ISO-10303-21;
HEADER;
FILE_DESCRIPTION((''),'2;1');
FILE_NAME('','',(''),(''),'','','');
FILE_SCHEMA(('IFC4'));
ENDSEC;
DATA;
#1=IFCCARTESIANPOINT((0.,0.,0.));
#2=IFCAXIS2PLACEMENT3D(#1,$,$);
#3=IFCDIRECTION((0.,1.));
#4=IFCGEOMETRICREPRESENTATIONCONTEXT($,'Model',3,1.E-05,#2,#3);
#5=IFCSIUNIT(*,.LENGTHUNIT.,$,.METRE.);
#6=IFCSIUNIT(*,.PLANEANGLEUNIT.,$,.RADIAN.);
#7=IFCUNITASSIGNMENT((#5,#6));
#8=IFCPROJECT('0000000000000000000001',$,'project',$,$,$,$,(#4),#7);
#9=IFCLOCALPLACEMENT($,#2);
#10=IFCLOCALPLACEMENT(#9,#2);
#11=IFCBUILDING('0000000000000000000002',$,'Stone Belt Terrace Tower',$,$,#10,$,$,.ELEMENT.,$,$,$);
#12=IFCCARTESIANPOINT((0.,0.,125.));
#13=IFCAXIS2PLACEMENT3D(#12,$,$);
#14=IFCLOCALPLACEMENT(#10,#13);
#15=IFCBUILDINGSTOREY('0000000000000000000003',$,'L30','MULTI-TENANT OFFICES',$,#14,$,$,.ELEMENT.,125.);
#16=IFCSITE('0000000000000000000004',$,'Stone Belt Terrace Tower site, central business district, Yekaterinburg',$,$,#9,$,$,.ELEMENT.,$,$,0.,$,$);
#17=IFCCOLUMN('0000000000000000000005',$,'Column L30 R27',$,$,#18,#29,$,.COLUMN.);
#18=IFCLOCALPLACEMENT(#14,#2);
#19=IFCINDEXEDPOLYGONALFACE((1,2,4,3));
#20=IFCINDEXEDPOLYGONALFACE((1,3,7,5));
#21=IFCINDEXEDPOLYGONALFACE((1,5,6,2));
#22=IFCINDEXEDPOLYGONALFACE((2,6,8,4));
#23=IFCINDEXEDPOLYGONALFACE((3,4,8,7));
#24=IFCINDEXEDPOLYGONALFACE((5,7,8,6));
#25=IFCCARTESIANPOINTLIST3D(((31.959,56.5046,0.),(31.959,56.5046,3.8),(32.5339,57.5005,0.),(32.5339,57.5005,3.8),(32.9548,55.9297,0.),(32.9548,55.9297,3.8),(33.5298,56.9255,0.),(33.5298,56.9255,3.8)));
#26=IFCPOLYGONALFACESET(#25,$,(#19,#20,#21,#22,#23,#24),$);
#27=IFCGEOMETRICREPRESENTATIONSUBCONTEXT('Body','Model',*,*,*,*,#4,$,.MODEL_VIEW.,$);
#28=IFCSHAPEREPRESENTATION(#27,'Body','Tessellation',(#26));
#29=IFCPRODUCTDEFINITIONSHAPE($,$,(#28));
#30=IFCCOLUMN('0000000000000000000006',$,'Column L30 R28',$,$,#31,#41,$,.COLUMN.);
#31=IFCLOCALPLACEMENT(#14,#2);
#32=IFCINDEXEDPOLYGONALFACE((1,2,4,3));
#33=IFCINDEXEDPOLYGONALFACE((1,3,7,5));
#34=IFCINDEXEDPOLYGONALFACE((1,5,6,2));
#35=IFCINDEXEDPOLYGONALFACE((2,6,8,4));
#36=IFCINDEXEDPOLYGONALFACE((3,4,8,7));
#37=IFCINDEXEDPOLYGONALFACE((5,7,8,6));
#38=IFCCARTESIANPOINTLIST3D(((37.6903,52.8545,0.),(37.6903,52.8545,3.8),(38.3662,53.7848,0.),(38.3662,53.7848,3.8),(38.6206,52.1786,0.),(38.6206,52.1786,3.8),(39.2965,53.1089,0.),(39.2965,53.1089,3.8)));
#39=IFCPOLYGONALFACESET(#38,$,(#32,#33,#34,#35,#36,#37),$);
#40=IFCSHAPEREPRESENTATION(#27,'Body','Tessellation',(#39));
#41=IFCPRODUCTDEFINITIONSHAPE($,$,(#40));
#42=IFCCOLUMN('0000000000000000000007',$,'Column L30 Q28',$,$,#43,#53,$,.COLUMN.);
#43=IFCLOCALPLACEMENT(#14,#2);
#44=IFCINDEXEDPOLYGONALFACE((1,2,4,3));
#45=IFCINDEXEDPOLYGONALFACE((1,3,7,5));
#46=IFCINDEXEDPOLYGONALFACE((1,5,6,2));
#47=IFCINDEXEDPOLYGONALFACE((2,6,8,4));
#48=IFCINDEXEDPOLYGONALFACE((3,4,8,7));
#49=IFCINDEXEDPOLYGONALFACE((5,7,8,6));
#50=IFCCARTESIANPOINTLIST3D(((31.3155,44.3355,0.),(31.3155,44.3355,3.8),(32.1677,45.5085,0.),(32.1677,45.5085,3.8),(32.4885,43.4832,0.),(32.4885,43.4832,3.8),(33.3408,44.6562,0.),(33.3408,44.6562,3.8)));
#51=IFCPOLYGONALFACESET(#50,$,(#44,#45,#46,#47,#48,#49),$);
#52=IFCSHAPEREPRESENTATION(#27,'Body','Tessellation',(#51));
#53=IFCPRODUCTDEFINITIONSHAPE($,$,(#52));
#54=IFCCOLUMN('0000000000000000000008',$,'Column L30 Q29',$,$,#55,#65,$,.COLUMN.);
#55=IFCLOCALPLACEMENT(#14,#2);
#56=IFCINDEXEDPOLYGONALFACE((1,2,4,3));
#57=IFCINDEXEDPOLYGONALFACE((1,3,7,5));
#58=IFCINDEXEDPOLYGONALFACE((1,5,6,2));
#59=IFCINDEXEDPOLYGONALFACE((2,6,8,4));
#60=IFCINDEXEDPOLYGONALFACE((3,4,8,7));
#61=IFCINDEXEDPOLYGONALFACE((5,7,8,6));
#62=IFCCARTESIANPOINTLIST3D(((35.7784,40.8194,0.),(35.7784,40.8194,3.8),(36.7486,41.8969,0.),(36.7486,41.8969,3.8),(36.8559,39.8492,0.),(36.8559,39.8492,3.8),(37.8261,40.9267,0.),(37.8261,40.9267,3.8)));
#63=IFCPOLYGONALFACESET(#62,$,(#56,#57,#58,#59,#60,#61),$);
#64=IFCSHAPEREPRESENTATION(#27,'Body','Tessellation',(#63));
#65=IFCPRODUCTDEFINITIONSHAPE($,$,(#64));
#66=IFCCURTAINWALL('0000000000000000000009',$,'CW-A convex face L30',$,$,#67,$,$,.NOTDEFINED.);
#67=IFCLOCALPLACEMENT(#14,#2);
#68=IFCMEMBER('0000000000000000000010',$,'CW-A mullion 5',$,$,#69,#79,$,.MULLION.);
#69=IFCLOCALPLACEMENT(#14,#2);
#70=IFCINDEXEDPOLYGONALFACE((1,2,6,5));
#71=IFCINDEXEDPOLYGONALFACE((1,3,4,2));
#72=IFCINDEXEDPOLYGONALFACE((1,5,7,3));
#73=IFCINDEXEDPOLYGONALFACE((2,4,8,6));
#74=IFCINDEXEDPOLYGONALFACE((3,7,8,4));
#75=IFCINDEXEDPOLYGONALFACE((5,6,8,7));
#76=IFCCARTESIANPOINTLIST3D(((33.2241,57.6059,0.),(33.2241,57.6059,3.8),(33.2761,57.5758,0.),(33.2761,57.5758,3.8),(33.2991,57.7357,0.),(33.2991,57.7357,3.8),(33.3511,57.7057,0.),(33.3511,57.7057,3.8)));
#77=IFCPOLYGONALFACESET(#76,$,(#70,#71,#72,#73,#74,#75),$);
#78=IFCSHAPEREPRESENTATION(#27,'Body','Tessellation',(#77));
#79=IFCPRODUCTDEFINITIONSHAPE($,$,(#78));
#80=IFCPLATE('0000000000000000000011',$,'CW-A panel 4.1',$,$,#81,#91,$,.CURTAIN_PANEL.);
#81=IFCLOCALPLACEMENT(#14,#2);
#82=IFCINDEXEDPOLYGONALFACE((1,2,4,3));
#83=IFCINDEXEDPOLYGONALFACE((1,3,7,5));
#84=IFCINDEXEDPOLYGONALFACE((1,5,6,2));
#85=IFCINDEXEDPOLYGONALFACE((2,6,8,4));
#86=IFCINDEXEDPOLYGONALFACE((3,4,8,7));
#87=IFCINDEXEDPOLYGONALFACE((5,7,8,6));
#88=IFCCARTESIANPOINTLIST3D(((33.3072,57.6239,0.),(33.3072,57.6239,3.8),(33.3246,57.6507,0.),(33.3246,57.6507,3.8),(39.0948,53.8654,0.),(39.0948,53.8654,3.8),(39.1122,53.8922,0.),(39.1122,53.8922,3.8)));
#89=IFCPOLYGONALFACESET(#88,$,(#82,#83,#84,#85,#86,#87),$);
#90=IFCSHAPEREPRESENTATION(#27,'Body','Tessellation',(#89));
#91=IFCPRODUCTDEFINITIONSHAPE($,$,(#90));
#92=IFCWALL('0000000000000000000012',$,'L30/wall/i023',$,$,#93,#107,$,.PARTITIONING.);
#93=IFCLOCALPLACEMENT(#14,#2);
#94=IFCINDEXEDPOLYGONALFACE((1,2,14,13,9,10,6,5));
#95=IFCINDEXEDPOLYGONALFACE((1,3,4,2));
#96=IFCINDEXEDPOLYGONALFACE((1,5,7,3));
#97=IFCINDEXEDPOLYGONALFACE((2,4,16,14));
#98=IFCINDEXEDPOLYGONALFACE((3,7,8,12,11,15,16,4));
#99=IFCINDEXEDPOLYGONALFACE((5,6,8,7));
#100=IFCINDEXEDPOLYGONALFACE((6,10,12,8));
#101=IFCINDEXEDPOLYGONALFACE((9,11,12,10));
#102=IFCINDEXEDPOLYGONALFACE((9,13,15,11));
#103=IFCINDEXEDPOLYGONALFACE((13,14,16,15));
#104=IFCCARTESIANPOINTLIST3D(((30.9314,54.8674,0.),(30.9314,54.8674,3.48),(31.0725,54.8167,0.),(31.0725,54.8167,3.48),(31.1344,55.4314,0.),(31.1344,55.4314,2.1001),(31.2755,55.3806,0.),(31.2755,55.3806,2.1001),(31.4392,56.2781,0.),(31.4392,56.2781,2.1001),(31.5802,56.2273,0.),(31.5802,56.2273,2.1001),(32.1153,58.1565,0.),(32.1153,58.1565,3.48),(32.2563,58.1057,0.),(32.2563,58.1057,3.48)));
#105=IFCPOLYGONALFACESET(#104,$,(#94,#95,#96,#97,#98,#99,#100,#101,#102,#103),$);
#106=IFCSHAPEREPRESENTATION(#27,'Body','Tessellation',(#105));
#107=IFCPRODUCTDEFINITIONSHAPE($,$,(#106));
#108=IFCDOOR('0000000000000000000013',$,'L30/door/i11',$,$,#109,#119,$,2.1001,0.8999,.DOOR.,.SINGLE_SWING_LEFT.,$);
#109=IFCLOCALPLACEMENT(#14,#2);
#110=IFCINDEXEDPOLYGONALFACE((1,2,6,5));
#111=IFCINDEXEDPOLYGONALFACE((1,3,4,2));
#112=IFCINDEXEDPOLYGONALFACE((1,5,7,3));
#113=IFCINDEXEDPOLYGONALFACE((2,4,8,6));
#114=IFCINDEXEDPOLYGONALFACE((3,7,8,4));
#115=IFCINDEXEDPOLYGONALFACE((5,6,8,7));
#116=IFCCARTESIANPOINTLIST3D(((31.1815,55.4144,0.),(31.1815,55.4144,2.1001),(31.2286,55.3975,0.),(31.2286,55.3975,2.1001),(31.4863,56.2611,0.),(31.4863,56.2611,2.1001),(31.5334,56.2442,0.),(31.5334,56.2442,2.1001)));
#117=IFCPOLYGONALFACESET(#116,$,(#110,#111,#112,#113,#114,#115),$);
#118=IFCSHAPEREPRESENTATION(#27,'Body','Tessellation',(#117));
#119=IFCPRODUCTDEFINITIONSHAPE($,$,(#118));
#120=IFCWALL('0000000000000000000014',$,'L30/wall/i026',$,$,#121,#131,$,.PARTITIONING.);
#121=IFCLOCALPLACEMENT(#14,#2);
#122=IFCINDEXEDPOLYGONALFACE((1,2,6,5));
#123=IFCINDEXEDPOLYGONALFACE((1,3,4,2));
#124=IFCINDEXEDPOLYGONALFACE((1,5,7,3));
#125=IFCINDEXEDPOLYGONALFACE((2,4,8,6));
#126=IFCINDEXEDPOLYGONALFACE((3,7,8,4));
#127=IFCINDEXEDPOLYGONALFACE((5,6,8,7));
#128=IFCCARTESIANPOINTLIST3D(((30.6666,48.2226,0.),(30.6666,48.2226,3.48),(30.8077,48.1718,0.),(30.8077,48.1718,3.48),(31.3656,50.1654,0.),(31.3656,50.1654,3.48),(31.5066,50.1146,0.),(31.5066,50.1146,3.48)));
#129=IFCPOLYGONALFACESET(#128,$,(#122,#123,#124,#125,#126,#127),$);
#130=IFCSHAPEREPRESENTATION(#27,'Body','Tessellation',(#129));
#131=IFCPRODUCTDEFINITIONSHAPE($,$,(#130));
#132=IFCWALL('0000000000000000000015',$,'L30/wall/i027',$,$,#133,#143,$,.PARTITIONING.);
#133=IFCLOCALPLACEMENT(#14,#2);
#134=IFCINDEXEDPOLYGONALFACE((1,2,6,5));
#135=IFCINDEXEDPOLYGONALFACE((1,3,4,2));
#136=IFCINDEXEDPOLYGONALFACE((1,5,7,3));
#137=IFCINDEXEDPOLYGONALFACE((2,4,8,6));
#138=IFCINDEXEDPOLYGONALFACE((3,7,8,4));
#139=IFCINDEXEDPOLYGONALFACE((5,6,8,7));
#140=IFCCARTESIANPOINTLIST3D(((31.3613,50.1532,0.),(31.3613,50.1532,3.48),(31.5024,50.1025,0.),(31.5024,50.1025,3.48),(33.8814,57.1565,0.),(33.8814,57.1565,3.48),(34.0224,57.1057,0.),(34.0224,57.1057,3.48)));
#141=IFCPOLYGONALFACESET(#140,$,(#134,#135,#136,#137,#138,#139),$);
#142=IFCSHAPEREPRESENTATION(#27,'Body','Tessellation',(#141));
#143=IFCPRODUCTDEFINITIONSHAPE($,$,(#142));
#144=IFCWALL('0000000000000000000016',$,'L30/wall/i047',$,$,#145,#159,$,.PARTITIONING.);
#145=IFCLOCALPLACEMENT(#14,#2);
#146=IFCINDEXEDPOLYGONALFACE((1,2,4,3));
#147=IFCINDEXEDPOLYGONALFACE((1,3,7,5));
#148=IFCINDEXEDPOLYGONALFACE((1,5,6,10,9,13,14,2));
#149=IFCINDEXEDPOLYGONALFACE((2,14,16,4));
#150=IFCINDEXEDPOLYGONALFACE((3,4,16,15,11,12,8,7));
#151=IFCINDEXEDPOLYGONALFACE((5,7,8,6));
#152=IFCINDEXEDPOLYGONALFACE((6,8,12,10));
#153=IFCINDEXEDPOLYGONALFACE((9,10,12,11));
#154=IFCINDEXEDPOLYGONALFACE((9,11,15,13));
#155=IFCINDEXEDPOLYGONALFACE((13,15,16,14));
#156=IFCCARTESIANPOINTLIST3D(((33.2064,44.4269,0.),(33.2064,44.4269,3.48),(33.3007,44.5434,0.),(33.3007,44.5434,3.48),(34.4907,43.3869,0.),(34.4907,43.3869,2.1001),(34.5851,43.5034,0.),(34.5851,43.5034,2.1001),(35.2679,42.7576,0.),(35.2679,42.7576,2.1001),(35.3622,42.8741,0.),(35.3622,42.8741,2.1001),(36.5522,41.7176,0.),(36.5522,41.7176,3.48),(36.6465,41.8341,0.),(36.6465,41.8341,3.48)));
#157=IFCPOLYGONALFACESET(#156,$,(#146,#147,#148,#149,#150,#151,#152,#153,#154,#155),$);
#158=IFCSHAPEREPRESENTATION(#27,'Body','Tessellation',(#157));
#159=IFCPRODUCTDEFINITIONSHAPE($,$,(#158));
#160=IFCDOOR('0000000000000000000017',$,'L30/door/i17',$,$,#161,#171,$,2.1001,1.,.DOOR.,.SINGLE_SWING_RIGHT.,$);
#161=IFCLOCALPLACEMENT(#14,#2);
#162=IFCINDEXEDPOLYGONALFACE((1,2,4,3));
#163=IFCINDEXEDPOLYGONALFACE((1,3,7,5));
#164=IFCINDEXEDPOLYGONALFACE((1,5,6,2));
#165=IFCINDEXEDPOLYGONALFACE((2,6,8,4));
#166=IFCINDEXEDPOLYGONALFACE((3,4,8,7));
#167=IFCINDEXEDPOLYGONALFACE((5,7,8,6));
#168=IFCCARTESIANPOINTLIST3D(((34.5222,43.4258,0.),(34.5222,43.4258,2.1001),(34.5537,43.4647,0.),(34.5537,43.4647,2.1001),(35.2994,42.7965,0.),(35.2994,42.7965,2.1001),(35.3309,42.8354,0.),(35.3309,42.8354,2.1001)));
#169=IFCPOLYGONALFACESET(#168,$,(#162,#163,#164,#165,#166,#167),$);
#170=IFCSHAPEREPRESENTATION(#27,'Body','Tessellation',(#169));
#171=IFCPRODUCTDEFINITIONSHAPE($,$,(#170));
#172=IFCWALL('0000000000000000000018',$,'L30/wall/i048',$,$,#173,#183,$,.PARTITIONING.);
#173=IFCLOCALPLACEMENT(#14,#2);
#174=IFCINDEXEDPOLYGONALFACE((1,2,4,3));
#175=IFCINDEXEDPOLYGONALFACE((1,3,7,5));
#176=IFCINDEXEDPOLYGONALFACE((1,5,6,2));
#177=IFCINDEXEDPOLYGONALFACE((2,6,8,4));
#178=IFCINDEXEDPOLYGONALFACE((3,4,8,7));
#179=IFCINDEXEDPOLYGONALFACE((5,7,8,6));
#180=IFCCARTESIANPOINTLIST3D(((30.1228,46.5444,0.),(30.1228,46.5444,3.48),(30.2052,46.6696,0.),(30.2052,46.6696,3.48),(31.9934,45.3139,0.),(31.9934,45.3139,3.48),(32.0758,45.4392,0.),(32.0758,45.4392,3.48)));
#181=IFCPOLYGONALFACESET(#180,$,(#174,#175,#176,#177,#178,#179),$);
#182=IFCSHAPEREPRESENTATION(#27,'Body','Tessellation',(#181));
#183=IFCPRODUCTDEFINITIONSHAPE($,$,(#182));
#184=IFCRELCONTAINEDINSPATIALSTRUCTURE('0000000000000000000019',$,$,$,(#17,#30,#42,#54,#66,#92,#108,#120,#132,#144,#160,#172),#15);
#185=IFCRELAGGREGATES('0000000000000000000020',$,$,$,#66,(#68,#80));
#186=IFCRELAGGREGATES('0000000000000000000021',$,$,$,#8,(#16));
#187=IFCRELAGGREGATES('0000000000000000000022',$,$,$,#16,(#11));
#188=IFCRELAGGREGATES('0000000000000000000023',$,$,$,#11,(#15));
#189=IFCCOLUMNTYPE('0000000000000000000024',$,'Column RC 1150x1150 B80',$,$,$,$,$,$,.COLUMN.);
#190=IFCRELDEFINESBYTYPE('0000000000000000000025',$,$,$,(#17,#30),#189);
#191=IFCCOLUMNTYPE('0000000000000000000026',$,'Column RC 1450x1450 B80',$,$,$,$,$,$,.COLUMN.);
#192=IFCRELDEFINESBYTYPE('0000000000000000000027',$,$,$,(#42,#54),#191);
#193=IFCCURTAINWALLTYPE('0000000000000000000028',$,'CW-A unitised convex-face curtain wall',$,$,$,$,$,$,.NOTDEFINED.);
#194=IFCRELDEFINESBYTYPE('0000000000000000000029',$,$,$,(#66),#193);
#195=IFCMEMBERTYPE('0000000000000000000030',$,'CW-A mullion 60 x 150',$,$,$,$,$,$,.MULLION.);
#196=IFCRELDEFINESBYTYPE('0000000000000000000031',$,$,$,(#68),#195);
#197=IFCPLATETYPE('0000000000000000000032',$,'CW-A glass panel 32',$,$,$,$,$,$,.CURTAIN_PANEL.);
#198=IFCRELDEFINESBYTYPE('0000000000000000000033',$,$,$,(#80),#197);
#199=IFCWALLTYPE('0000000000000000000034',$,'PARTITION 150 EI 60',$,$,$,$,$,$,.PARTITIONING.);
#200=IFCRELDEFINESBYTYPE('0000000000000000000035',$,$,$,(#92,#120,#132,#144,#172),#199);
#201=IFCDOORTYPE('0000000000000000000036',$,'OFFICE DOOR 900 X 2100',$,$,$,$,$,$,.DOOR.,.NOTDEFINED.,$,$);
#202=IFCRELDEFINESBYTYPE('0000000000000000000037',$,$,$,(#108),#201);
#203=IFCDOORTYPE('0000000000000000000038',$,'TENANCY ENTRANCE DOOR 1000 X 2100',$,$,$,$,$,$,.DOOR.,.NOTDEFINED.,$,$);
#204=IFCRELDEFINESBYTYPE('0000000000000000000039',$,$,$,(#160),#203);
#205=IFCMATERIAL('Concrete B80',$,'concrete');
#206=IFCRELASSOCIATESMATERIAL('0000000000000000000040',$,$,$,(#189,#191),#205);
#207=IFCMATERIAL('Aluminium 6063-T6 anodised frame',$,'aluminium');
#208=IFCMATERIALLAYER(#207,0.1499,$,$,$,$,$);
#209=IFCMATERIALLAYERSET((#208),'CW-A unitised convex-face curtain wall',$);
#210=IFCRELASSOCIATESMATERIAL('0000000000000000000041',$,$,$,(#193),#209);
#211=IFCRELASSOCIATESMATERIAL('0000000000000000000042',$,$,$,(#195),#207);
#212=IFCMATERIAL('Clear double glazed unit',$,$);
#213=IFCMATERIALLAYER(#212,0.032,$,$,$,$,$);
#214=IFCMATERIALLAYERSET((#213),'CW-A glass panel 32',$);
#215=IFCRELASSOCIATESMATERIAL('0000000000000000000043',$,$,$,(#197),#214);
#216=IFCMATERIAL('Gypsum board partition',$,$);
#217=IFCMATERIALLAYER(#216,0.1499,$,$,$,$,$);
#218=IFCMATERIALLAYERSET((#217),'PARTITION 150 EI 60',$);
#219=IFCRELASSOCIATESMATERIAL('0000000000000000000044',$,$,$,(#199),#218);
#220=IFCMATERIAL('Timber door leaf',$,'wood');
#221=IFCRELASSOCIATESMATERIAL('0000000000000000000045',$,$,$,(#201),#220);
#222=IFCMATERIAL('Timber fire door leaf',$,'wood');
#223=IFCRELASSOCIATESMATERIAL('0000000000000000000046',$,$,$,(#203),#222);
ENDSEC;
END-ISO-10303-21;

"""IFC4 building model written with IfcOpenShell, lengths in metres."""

from ifc_helpers import new_model, si_unit, direction, frame, frame_2d, origin, origin_2d, place, context, subcontext, project, spatial, rectangle, extrude, material, layer, layer_set, material_profile, profile_set, type_object, element, fill, aggregate, save


model = new_model("IFC4")

# Units and contexts
model_context = context("Model", 3, precision=1e-05, world=origin(), true_north=direction((0.0, 1.0)))
body_context = subcontext(model_context, "Body", "Model", "MODEL_VIEW")
ifc_project = project(units=[si_unit("LENGTHUNIT", "METRE"), si_unit("PLANEANGLEUNIT", "RADIAN")], contexts=[model_context])

# Site, building, storey
site_placement = place(None, origin())
site = spatial("IfcSite", under=ifc_project, at=site_placement, Name="Stone Belt Terrace Tower site, central business district, Yekaterinburg", CompositionType="ELEMENT", RefElevation=0.0)
building_placement = place(site_placement, origin())
building = spatial("IfcBuilding", under=site, at=building_placement, Name="Stone Belt Terrace Tower", CompositionType="ELEMENT")
storey_placement = place(building_placement, frame((0.0, 0.0, 125.0)))
storey = spatial("IfcBuildingStorey", under=building, at=storey_placement, Name="L30", Description="MULTI-TENANT OFFICES", CompositionType="ELEMENT", Elevation=125.0)

# Columns
ifc_material_1 = material(Name="Concrete B80", Category="concrete")
ifc_material_profile_1 = material_profile(ifc_material_1, rectangle(XDim=1.1499, YDim=1.1499, at=origin_2d()), Name="RC 1150x1150")
ifc_profile_set_1 = profile_set([ifc_material_profile_1], Name="Concrete B80")
column_type_1 = type_object("IfcColumnType", Name="Column RC 1150x1150 B80", PredefinedType="COLUMN", material=ifc_profile_set_1)
for number, where, z_axis, x_axis, name in (
    (1, (32.7444, 56.7151, 0.0), (0.0, 0.0, 1.0), (0.866025, -0.5, 0.0), "Column L30 R27"),
    (2, (38.4934, 52.9817, 0.0), (0.0, 0.0, 1.0), (0.809017, -0.587785, 0.0), "Column L30 R28"),
):
    element("IfcColumn", number, at=place(storey_placement, frame(where, z_axis=z_axis, x_axis=x_axis)), inside=storey, type_object=column_type_1, Name=name, PredefinedType="COLUMN", context=body_context, shape_type="SweptSolid", body=[
        extrude(rectangle(XDim=1.1499, YDim=1.1499, at=origin_2d()), origin(), (0.0, 0.0, 1.0), 3.8),
    ])
ifc_material_profile_2 = material_profile(ifc_material_1, rectangle(XDim=1.45, YDim=1.45, at=origin_2d()), Name="RC 1450x1450")
ifc_profile_set_2 = profile_set([ifc_material_profile_2], Name="Concrete B80")
column_type_2 = type_object("IfcColumnType", Name="Column RC 1450x1450 B80", PredefinedType="COLUMN", material=ifc_profile_set_2)
for number, where, z_axis, x_axis, name in (
    (3, (32.3281, 44.4958, 0.0), (0.0, 0.0, 1.0), (0.809017, -0.587785, 0.0), "Column L30 Q28"),
    (4, (36.8022, 40.873, 0.0), (0.0, 0.0, 1.0), (0.743145, -0.669131, 0.0), "Column L30 Q29"),
):
    element("IfcColumn", number, at=place(storey_placement, frame(where, z_axis=z_axis, x_axis=x_axis)), inside=storey, type_object=column_type_2, Name=name, PredefinedType="COLUMN", context=body_context, shape_type="SweptSolid", body=[
        extrude(rectangle(XDim=1.45, YDim=1.45, at=origin_2d()), origin(), (0.0, 0.0, 1.0), 3.8),
    ])

# Curtain wall, member, plate
ifc_material_2 = material(Name="Aluminium 6063-T6 anodised frame", Category="aluminium")
ifc_layer_1 = layer(ifc_material_2, 0.1499)
ifc_layer_set_1 = layer_set([ifc_layer_1], Name="CW-A unitised convex-face curtain wall")
curtain_wall_type = type_object("IfcCurtainWallType", Name="CW-A unitised convex-face curtain wall", PredefinedType="NOTDEFINED", material=ifc_layer_set_1)
curtain_wall_placement = place(storey_placement, origin())
curtain_wall = element("IfcCurtainWall", 5, at=curtain_wall_placement, inside=storey, type_object=curtain_wall_type, Name="CW-A convex face L30", PredefinedType="NOTDEFINED")
ifc_material_profile_3 = material_profile(ifc_material_2, rectangle(XDim=0.1499, YDim=0.0601, at=origin_2d()), Name="Aluminium 6063-T6 60x150")
ifc_profile_set_3 = profile_set([ifc_material_profile_3], Name="Aluminium 6063-T6 anodised frame")
member_type = type_object("IfcMemberType", Name="CW-A mullion 60 x 150", PredefinedType="MULLION", material=ifc_profile_set_3)
member_placement = place(storey_placement, frame((33.2876, 57.6558, 0.0), z_axis=(0.0, 0.0, 1.0), x_axis=(-0.5, -0.866025, 0.0)))
member = element("IfcMember", 6, at=member_placement, type_object=member_type, Name="CW-A mullion 5", PredefinedType="MULLION", context=body_context, shape_type="SweptSolid", body=[
    extrude(rectangle(XDim=0.1499, YDim=0.0601, at=origin_2d()), origin(), (0.0, 0.0, 1.0), 3.8),
])
ifc_material_3 = material(Name="Clear double glazed unit")
ifc_layer_2 = layer(ifc_material_3, 0.032)
ifc_layer_set_2 = layer_set([ifc_layer_2], Name="CW-A glass panel 32")
plate_type = type_object("IfcPlateType", Name="CW-A glass panel 32", PredefinedType="CURTAIN_PANEL", material=ifc_layer_set_2)
plate_placement = place(storey_placement, frame((36.2097, 55.7581, 0.0), z_axis=(0.0, 0.0, 1.0), x_axis=(-0.838671, 0.544639, 0.0)))
plate = element("IfcPlate", 7, at=plate_placement, type_object=plate_type, Name="CW-A panel 4.1", PredefinedType="CURTAIN_PANEL", context=body_context, shape_type="SweptSolid", body=[
    extrude(rectangle(XDim=6.9009, YDim=0.032, at=origin_2d()), origin(), (0.0, 0.0, 1.0), 3.8),
])
aggregate(curtain_wall, [member, plate])

# Wall, opening, door
ifc_material_4 = material(Name="Gypsum board partition")
ifc_layer_3 = layer(ifc_material_4, 0.1499)
ifc_layer_set_3 = layer_set([ifc_layer_3], Name="PARTITION 150 EI 60")
wall_type_1 = type_object("IfcWallType", Name="PARTITION 150 EI 60", PredefinedType="PARTITIONING", material=ifc_layer_set_3)
wall_1_placement = place(storey_placement, frame((31.002, 54.842, 0.0), z_axis=(0.0, 0.0, 1.0), x_axis=(0.338663, 0.940908, 0.0)))
wall_1 = element("IfcWall", 8, at=wall_1_placement, inside=storey, type_object=wall_type_1, Name="L30/wall/i023", PredefinedType="PARTITIONING", context=body_context, shape_type="SweptSolid", body=[
    extrude(rectangle(XDim=3.4956, YDim=0.1499, at=frame_2d((1.7478, 0.0))), origin(), (0.0, 0.0, 1.0), 3.48),
])
opening_1_placement = place(wall_1_placement, frame((0.5994, 0.0, 0.0)))
opening_1 = element("IfcOpeningElement", 9, at=opening_1_placement, cuts=wall_1, PredefinedType="OPENING", context=body_context, shape_type="SweptSolid", body=[
    extrude(rectangle(XDim=0.8999, YDim=2.1001, at=frame_2d((0.45, 1.05))), frame((0.0, 0.085, 0.0), z_axis=(0.0, -1.0, 0.0), x_axis=(1.0, 0.0, 0.0)), (0.0, 0.0, 1.0), 0.1699),
])
ifc_material_5 = material(Name="Timber door leaf", Category="wood")
door_type_1 = type_object("IfcDoorType", Name="OFFICE DOOR 900 X 2100", OperationType="NOTDEFINED", PredefinedType="DOOR", material=ifc_material_5)
door_1_placement = place(opening_1_placement, origin())
door_1 = element("IfcDoor", 10, at=door_1_placement, inside=storey, type_object=door_type_1, Name="L30/door/i11", OperationType="SINGLE_SWING_LEFT", OverallHeight=2.1001, OverallWidth=0.8999, PredefinedType="DOOR", context=body_context, shape_type="SweptSolid", body=[
    extrude(rectangle(XDim=0.8999, YDim=2.1001, at=frame_2d((0.45, 1.05))), frame((0.0, 0.0249, 0.0), z_axis=(0.0, -1.0, 0.0), x_axis=(1.0, 0.0, 0.0)), (0.0, 0.0, 1.0), 0.05),
])
fill(opening_1, door_1)

# Walls
wall_2_placement = place(storey_placement, frame((31.436, 50.1399, 0.0), z_axis=(0.0, 0.0, 1.0), x_axis=(-0.338523, -0.940958, 0.0)))
element("IfcWall", 11, at=wall_2_placement, inside=storey, type_object=wall_type_1, Name="L30/wall/i026", PredefinedType="PARTITIONING", context=body_context, shape_type="SweptSolid", body=[
    extrude(rectangle(XDim=2.0647, YDim=0.1499, at=frame_2d((1.0322, 0.0))), origin(), (0.0, 0.0, 1.0), 3.48),
])
wall_3_placement = place(storey_placement, frame((33.9519, 57.1311, 0.0), z_axis=(0.0, 0.0, 1.0), x_axis=(-0.338586, -0.940935, 0.0)))
element("IfcWall", 12, at=wall_3_placement, inside=storey, type_object=wall_type_1, Name="L30/wall/i027", PredefinedType="PARTITIONING", context=body_context, shape_type="SweptSolid", body=[
    extrude(rectangle(XDim=7.4429, YDim=0.1499, at=frame_2d((3.7214, 0.0))), origin(), (0.0, 0.0, 1.0), 3.48),
])

# Wall, opening, door
wall_4_placement = place(storey_placement, frame((36.5994, 41.7759, 0.0), z_axis=(0.0, 0.0, 1.0), x_axis=(-0.777154, 0.629311, 0.0)))
wall_4 = element("IfcWall", 13, at=wall_4_placement, inside=storey, type_object=wall_type_1, Name="L30/wall/i047", PredefinedType="PARTITIONING", context=body_context, shape_type="SweptSolid", body=[
    extrude(rectangle(XDim=4.3052, YDim=0.1499, at=frame_2d((2.1526, 0.0))), origin(), (0.0, 0.0, 1.0), 3.48),
])
opening_2_placement = place(wall_4_placement, frame((1.6526, 0.0, 0.0)))
opening_2 = element("IfcOpeningElement", 14, at=opening_2_placement, cuts=wall_4, PredefinedType="OPENING", context=body_context, shape_type="SweptSolid", body=[
    extrude(rectangle(XDim=1.0, YDim=2.1001, at=frame_2d((0.5, 1.05))), frame((0.0, 0.085, 0.0), z_axis=(0.0, -1.0, 0.0), x_axis=(1.0, 0.0, 0.0)), (0.0, 0.0, 1.0), 0.1699),
])
ifc_material_6 = material(Name="Timber fire door leaf", Category="wood")
door_type_2 = type_object("IfcDoorType", Name="TENANCY ENTRANCE DOOR 1000 X 2100", OperationType="NOTDEFINED", PredefinedType="DOOR", material=ifc_material_6)
door_2_placement = place(opening_2_placement, origin())
door_2 = element("IfcDoor", 15, at=door_2_placement, inside=storey, type_object=door_type_2, Name="L30/door/i17", OperationType="SINGLE_SWING_RIGHT", OverallHeight=2.1001, OverallWidth=1.0, PredefinedType="DOOR", context=body_context, shape_type="SweptSolid", body=[
    extrude(rectangle(XDim=1.0, YDim=2.1001, at=frame_2d((0.5, 1.05))), frame((0.0, 0.0249, 0.0), z_axis=(0.0, -1.0, 0.0), x_axis=(1.0, 0.0, 0.0)), (0.0, 0.0, 1.0), 0.05),
])
fill(opening_2, door_2)

# Wall
wall_5_placement = place(storey_placement, frame((32.0347, 45.3765, 0.0), z_axis=(0.0, 0.0, 1.0), x_axis=(-0.835457, 0.549556, 0.0)))
element("IfcWall", 16, at=wall_5_placement, inside=storey, type_object=wall_type_1, Name="L30/wall/i048", PredefinedType="PARTITIONING", context=body_context, shape_type="SweptSolid", body=[
    extrude(rectangle(XDim=2.239, YDim=0.1499, at=frame_2d((1.1196, 0.0))), origin(), (0.0, 0.0, 1.0), 3.48),
])

save(model, "model.ifc")
